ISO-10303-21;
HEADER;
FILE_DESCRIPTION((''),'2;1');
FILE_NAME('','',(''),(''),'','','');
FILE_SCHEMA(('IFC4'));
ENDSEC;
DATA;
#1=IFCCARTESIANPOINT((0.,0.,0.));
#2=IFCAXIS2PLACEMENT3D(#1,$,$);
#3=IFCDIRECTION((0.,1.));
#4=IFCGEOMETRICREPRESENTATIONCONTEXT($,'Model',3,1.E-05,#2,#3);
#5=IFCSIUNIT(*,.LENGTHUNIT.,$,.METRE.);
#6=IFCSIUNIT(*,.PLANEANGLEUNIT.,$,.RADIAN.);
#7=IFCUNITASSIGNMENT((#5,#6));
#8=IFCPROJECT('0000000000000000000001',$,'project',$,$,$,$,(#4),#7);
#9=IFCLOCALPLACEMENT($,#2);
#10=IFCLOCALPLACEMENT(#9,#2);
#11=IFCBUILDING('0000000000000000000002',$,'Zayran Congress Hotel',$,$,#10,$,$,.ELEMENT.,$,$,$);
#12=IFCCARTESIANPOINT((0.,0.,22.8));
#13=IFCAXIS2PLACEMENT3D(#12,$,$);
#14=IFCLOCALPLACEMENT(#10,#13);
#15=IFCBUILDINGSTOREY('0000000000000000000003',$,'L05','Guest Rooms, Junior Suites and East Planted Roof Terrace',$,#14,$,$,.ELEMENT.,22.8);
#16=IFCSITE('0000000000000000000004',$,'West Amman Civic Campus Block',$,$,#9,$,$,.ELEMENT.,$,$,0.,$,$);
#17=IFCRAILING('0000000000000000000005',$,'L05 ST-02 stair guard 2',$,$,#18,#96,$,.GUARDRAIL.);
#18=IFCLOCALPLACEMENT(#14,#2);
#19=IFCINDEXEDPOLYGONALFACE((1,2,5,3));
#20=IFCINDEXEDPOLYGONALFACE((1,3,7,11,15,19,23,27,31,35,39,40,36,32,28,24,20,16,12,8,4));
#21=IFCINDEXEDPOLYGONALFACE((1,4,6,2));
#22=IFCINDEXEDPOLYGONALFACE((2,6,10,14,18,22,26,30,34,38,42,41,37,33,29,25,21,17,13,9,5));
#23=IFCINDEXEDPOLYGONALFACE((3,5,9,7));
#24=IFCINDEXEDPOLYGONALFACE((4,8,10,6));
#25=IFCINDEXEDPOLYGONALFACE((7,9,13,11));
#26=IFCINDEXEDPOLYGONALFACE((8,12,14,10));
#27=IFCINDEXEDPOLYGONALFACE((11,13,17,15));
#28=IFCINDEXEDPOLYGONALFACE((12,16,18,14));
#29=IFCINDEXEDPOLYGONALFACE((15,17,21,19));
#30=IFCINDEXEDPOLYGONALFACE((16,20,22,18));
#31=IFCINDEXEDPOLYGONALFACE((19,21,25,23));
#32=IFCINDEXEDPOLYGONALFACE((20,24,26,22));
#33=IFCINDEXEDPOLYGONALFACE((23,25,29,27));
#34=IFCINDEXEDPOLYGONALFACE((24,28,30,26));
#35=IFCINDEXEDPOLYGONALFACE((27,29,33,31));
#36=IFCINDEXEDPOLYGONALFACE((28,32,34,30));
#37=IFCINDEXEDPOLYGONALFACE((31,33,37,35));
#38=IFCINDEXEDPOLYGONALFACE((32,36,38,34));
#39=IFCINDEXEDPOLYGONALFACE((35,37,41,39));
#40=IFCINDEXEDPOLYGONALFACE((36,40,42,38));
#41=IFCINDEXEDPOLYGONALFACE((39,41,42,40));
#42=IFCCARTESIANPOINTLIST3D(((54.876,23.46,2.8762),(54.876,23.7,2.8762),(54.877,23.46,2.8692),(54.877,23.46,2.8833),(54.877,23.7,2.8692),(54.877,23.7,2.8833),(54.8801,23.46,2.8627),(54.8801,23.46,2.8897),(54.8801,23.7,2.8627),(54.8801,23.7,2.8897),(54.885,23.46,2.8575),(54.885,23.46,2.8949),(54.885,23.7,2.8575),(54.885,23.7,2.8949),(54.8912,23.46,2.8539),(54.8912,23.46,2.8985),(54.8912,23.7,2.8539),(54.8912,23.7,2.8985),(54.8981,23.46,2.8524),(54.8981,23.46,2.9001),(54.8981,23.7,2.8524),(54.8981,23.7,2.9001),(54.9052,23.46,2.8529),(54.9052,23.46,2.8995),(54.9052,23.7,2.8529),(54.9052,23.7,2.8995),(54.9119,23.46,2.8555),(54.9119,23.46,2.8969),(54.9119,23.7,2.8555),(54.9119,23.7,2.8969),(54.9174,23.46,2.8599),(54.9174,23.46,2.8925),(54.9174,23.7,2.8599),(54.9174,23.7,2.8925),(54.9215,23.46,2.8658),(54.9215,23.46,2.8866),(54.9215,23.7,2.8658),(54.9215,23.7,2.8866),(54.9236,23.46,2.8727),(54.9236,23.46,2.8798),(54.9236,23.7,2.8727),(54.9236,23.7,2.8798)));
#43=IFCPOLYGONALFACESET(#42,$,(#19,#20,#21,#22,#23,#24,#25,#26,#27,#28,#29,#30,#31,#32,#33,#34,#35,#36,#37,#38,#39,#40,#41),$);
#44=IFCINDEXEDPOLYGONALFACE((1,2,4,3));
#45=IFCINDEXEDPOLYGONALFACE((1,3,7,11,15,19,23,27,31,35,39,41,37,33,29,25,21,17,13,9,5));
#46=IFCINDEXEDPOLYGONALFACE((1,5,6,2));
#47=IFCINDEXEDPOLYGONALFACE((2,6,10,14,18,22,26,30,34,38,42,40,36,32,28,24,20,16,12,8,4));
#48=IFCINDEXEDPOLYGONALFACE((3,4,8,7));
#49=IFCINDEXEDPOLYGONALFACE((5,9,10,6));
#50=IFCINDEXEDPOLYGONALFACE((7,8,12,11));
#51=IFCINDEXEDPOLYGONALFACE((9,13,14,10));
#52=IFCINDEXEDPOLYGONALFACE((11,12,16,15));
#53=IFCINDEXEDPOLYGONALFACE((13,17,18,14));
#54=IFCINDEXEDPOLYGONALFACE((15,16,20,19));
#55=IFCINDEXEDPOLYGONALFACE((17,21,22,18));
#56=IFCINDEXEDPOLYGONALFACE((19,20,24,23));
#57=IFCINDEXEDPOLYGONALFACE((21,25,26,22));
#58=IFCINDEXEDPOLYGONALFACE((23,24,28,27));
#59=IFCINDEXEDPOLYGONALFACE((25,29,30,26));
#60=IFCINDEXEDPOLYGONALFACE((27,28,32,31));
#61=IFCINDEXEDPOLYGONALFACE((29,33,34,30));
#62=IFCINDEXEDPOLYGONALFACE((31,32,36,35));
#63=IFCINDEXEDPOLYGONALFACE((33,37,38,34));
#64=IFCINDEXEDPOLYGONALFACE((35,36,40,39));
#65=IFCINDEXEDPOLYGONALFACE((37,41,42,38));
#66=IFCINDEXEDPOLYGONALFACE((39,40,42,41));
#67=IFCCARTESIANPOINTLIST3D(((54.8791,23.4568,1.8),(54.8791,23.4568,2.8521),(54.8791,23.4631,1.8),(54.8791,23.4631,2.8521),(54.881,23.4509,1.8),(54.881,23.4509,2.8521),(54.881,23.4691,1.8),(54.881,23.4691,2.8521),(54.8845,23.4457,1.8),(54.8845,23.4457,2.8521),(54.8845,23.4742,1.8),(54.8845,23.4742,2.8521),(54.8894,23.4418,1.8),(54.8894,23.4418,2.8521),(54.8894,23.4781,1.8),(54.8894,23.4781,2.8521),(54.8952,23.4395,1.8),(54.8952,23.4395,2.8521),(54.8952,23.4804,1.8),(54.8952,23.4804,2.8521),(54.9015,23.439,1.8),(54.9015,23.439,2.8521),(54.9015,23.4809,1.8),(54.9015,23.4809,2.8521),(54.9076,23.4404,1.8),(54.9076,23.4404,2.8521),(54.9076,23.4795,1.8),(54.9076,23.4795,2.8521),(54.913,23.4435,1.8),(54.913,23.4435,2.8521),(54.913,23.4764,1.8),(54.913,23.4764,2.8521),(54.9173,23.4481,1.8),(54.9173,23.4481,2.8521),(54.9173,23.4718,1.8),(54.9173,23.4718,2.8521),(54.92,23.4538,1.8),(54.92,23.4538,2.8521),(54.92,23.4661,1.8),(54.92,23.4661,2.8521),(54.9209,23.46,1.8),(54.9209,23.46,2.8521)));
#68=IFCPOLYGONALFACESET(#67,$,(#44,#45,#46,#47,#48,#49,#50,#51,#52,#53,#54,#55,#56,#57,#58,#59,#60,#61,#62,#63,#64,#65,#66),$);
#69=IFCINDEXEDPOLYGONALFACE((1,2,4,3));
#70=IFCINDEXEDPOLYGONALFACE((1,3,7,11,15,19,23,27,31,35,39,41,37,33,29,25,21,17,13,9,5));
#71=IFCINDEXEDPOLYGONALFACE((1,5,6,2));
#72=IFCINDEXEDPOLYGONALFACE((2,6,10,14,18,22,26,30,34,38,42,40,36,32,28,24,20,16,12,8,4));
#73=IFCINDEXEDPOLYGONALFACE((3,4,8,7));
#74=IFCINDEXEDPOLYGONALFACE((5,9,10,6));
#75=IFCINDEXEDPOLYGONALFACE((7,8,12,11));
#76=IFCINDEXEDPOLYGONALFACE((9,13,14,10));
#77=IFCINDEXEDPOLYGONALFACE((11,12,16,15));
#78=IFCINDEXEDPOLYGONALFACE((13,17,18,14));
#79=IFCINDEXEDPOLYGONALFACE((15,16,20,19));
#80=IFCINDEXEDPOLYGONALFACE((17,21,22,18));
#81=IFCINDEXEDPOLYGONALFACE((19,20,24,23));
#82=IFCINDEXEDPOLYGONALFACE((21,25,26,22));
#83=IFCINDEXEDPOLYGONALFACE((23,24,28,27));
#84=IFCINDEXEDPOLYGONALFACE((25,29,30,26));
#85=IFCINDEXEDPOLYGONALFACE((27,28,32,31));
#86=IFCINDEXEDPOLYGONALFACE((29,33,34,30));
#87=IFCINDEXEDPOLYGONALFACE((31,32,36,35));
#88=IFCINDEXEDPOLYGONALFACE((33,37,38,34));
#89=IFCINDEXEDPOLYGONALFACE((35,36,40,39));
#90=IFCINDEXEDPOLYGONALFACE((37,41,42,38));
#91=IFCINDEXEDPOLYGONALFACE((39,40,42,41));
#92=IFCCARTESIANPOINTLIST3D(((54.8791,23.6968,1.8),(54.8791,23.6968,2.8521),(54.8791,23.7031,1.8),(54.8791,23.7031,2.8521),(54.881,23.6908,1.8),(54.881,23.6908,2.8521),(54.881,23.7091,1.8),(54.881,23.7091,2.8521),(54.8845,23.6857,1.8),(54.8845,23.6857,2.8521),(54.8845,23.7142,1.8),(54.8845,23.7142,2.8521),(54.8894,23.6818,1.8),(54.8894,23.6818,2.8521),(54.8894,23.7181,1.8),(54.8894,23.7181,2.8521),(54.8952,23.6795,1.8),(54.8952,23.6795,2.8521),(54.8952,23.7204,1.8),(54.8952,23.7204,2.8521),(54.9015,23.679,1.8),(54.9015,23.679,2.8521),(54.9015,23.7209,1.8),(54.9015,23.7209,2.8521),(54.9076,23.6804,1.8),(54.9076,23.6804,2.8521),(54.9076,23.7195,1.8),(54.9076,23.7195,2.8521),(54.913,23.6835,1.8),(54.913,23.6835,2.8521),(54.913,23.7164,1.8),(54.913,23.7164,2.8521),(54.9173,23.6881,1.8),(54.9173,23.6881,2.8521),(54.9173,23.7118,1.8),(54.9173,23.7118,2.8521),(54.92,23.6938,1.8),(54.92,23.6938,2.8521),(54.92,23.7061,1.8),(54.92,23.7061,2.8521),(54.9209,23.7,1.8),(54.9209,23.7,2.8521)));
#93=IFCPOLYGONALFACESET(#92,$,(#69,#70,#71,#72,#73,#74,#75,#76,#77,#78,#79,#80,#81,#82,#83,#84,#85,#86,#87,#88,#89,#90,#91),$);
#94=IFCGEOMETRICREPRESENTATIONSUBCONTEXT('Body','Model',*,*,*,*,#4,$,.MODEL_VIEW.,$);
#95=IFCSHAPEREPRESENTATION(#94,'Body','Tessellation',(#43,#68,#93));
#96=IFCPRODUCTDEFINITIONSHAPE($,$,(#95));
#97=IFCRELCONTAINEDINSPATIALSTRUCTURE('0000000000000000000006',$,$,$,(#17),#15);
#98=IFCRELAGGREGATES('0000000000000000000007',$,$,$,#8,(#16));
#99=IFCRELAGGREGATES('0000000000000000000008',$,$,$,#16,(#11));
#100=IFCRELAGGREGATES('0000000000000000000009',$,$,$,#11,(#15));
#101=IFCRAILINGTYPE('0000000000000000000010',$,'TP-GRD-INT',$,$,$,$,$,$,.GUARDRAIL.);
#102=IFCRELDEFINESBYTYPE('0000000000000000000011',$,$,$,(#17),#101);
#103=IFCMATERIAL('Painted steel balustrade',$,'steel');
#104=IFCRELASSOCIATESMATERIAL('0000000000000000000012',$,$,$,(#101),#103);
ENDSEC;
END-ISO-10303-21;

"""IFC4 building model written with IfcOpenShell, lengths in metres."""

from ifc_helpers import new_model, si_unit, direction, frame, origin, origin_2d, place, context, subcontext, project, spatial, circle, extrude, material, type_object, element, save


model = new_model("IFC4")

# Units and contexts
model_context = context("Model", 3, precision=1e-05, world=origin(), true_north=direction((0.0, 1.0)))
body_context = subcontext(model_context, "Body", "Model", "MODEL_VIEW")
ifc_project = project(units=[si_unit("LENGTHUNIT", "METRE"), si_unit("PLANEANGLEUNIT", "RADIAN")], contexts=[model_context])

# Site, building, storey
site_placement = place(None, origin())
site = spatial("IfcSite", under=ifc_project, at=site_placement, Name="West Amman Civic Campus Block", CompositionType="ELEMENT", RefElevation=0.0)
building_placement = place(site_placement, origin())
building = spatial("IfcBuilding", under=site, at=building_placement, Name="Zayran Congress Hotel", CompositionType="ELEMENT")
storey_placement = place(building_placement, frame((0.0, 0.0, 22.8)))
storey = spatial("IfcBuildingStorey", under=building, at=storey_placement, Name="L05", Description="Guest Rooms, Junior Suites and East Planted Roof Terrace", CompositionType="ELEMENT", Elevation=22.8)

# Railing
ifc_material_1 = material(Name="Painted steel balustrade", Category="steel")
railing_type_1 = type_object("IfcRailingType", Name="TP-GRD-INT", PredefinedType="GUARDRAIL", material=ifc_material_1)
railing_1_placement = place(storey_placement, frame((54.8999, 23.46, 1.8)))
element("IfcRailing", 1, at=railing_1_placement, inside=storey, type_object=railing_type_1, Name="L05 ST-02 stair guard 2", PredefinedType="GUARDRAIL", context=body_context, shape_type="SweptSolid", body=[
    extrude(circle(Radius=0.0239, at=origin_2d()), frame((0.0, 0.0, 1.0762), z_axis=(0.0, 1.0, 0.0), x_axis=(-1.0, 0.0, 0.0)), (0.0, 0.0, 1.0), 0.24),
    extrude(circle(Radius=0.021, at=origin_2d()), origin(), (0.0, 0.0, 1.0), 1.052),
    extrude(circle(Radius=0.021, at=origin_2d()), frame((0.0, 0.24, 0.0)), (0.0, 0.0, 1.0), 1.052),
])

save(model, "model.ifc")
